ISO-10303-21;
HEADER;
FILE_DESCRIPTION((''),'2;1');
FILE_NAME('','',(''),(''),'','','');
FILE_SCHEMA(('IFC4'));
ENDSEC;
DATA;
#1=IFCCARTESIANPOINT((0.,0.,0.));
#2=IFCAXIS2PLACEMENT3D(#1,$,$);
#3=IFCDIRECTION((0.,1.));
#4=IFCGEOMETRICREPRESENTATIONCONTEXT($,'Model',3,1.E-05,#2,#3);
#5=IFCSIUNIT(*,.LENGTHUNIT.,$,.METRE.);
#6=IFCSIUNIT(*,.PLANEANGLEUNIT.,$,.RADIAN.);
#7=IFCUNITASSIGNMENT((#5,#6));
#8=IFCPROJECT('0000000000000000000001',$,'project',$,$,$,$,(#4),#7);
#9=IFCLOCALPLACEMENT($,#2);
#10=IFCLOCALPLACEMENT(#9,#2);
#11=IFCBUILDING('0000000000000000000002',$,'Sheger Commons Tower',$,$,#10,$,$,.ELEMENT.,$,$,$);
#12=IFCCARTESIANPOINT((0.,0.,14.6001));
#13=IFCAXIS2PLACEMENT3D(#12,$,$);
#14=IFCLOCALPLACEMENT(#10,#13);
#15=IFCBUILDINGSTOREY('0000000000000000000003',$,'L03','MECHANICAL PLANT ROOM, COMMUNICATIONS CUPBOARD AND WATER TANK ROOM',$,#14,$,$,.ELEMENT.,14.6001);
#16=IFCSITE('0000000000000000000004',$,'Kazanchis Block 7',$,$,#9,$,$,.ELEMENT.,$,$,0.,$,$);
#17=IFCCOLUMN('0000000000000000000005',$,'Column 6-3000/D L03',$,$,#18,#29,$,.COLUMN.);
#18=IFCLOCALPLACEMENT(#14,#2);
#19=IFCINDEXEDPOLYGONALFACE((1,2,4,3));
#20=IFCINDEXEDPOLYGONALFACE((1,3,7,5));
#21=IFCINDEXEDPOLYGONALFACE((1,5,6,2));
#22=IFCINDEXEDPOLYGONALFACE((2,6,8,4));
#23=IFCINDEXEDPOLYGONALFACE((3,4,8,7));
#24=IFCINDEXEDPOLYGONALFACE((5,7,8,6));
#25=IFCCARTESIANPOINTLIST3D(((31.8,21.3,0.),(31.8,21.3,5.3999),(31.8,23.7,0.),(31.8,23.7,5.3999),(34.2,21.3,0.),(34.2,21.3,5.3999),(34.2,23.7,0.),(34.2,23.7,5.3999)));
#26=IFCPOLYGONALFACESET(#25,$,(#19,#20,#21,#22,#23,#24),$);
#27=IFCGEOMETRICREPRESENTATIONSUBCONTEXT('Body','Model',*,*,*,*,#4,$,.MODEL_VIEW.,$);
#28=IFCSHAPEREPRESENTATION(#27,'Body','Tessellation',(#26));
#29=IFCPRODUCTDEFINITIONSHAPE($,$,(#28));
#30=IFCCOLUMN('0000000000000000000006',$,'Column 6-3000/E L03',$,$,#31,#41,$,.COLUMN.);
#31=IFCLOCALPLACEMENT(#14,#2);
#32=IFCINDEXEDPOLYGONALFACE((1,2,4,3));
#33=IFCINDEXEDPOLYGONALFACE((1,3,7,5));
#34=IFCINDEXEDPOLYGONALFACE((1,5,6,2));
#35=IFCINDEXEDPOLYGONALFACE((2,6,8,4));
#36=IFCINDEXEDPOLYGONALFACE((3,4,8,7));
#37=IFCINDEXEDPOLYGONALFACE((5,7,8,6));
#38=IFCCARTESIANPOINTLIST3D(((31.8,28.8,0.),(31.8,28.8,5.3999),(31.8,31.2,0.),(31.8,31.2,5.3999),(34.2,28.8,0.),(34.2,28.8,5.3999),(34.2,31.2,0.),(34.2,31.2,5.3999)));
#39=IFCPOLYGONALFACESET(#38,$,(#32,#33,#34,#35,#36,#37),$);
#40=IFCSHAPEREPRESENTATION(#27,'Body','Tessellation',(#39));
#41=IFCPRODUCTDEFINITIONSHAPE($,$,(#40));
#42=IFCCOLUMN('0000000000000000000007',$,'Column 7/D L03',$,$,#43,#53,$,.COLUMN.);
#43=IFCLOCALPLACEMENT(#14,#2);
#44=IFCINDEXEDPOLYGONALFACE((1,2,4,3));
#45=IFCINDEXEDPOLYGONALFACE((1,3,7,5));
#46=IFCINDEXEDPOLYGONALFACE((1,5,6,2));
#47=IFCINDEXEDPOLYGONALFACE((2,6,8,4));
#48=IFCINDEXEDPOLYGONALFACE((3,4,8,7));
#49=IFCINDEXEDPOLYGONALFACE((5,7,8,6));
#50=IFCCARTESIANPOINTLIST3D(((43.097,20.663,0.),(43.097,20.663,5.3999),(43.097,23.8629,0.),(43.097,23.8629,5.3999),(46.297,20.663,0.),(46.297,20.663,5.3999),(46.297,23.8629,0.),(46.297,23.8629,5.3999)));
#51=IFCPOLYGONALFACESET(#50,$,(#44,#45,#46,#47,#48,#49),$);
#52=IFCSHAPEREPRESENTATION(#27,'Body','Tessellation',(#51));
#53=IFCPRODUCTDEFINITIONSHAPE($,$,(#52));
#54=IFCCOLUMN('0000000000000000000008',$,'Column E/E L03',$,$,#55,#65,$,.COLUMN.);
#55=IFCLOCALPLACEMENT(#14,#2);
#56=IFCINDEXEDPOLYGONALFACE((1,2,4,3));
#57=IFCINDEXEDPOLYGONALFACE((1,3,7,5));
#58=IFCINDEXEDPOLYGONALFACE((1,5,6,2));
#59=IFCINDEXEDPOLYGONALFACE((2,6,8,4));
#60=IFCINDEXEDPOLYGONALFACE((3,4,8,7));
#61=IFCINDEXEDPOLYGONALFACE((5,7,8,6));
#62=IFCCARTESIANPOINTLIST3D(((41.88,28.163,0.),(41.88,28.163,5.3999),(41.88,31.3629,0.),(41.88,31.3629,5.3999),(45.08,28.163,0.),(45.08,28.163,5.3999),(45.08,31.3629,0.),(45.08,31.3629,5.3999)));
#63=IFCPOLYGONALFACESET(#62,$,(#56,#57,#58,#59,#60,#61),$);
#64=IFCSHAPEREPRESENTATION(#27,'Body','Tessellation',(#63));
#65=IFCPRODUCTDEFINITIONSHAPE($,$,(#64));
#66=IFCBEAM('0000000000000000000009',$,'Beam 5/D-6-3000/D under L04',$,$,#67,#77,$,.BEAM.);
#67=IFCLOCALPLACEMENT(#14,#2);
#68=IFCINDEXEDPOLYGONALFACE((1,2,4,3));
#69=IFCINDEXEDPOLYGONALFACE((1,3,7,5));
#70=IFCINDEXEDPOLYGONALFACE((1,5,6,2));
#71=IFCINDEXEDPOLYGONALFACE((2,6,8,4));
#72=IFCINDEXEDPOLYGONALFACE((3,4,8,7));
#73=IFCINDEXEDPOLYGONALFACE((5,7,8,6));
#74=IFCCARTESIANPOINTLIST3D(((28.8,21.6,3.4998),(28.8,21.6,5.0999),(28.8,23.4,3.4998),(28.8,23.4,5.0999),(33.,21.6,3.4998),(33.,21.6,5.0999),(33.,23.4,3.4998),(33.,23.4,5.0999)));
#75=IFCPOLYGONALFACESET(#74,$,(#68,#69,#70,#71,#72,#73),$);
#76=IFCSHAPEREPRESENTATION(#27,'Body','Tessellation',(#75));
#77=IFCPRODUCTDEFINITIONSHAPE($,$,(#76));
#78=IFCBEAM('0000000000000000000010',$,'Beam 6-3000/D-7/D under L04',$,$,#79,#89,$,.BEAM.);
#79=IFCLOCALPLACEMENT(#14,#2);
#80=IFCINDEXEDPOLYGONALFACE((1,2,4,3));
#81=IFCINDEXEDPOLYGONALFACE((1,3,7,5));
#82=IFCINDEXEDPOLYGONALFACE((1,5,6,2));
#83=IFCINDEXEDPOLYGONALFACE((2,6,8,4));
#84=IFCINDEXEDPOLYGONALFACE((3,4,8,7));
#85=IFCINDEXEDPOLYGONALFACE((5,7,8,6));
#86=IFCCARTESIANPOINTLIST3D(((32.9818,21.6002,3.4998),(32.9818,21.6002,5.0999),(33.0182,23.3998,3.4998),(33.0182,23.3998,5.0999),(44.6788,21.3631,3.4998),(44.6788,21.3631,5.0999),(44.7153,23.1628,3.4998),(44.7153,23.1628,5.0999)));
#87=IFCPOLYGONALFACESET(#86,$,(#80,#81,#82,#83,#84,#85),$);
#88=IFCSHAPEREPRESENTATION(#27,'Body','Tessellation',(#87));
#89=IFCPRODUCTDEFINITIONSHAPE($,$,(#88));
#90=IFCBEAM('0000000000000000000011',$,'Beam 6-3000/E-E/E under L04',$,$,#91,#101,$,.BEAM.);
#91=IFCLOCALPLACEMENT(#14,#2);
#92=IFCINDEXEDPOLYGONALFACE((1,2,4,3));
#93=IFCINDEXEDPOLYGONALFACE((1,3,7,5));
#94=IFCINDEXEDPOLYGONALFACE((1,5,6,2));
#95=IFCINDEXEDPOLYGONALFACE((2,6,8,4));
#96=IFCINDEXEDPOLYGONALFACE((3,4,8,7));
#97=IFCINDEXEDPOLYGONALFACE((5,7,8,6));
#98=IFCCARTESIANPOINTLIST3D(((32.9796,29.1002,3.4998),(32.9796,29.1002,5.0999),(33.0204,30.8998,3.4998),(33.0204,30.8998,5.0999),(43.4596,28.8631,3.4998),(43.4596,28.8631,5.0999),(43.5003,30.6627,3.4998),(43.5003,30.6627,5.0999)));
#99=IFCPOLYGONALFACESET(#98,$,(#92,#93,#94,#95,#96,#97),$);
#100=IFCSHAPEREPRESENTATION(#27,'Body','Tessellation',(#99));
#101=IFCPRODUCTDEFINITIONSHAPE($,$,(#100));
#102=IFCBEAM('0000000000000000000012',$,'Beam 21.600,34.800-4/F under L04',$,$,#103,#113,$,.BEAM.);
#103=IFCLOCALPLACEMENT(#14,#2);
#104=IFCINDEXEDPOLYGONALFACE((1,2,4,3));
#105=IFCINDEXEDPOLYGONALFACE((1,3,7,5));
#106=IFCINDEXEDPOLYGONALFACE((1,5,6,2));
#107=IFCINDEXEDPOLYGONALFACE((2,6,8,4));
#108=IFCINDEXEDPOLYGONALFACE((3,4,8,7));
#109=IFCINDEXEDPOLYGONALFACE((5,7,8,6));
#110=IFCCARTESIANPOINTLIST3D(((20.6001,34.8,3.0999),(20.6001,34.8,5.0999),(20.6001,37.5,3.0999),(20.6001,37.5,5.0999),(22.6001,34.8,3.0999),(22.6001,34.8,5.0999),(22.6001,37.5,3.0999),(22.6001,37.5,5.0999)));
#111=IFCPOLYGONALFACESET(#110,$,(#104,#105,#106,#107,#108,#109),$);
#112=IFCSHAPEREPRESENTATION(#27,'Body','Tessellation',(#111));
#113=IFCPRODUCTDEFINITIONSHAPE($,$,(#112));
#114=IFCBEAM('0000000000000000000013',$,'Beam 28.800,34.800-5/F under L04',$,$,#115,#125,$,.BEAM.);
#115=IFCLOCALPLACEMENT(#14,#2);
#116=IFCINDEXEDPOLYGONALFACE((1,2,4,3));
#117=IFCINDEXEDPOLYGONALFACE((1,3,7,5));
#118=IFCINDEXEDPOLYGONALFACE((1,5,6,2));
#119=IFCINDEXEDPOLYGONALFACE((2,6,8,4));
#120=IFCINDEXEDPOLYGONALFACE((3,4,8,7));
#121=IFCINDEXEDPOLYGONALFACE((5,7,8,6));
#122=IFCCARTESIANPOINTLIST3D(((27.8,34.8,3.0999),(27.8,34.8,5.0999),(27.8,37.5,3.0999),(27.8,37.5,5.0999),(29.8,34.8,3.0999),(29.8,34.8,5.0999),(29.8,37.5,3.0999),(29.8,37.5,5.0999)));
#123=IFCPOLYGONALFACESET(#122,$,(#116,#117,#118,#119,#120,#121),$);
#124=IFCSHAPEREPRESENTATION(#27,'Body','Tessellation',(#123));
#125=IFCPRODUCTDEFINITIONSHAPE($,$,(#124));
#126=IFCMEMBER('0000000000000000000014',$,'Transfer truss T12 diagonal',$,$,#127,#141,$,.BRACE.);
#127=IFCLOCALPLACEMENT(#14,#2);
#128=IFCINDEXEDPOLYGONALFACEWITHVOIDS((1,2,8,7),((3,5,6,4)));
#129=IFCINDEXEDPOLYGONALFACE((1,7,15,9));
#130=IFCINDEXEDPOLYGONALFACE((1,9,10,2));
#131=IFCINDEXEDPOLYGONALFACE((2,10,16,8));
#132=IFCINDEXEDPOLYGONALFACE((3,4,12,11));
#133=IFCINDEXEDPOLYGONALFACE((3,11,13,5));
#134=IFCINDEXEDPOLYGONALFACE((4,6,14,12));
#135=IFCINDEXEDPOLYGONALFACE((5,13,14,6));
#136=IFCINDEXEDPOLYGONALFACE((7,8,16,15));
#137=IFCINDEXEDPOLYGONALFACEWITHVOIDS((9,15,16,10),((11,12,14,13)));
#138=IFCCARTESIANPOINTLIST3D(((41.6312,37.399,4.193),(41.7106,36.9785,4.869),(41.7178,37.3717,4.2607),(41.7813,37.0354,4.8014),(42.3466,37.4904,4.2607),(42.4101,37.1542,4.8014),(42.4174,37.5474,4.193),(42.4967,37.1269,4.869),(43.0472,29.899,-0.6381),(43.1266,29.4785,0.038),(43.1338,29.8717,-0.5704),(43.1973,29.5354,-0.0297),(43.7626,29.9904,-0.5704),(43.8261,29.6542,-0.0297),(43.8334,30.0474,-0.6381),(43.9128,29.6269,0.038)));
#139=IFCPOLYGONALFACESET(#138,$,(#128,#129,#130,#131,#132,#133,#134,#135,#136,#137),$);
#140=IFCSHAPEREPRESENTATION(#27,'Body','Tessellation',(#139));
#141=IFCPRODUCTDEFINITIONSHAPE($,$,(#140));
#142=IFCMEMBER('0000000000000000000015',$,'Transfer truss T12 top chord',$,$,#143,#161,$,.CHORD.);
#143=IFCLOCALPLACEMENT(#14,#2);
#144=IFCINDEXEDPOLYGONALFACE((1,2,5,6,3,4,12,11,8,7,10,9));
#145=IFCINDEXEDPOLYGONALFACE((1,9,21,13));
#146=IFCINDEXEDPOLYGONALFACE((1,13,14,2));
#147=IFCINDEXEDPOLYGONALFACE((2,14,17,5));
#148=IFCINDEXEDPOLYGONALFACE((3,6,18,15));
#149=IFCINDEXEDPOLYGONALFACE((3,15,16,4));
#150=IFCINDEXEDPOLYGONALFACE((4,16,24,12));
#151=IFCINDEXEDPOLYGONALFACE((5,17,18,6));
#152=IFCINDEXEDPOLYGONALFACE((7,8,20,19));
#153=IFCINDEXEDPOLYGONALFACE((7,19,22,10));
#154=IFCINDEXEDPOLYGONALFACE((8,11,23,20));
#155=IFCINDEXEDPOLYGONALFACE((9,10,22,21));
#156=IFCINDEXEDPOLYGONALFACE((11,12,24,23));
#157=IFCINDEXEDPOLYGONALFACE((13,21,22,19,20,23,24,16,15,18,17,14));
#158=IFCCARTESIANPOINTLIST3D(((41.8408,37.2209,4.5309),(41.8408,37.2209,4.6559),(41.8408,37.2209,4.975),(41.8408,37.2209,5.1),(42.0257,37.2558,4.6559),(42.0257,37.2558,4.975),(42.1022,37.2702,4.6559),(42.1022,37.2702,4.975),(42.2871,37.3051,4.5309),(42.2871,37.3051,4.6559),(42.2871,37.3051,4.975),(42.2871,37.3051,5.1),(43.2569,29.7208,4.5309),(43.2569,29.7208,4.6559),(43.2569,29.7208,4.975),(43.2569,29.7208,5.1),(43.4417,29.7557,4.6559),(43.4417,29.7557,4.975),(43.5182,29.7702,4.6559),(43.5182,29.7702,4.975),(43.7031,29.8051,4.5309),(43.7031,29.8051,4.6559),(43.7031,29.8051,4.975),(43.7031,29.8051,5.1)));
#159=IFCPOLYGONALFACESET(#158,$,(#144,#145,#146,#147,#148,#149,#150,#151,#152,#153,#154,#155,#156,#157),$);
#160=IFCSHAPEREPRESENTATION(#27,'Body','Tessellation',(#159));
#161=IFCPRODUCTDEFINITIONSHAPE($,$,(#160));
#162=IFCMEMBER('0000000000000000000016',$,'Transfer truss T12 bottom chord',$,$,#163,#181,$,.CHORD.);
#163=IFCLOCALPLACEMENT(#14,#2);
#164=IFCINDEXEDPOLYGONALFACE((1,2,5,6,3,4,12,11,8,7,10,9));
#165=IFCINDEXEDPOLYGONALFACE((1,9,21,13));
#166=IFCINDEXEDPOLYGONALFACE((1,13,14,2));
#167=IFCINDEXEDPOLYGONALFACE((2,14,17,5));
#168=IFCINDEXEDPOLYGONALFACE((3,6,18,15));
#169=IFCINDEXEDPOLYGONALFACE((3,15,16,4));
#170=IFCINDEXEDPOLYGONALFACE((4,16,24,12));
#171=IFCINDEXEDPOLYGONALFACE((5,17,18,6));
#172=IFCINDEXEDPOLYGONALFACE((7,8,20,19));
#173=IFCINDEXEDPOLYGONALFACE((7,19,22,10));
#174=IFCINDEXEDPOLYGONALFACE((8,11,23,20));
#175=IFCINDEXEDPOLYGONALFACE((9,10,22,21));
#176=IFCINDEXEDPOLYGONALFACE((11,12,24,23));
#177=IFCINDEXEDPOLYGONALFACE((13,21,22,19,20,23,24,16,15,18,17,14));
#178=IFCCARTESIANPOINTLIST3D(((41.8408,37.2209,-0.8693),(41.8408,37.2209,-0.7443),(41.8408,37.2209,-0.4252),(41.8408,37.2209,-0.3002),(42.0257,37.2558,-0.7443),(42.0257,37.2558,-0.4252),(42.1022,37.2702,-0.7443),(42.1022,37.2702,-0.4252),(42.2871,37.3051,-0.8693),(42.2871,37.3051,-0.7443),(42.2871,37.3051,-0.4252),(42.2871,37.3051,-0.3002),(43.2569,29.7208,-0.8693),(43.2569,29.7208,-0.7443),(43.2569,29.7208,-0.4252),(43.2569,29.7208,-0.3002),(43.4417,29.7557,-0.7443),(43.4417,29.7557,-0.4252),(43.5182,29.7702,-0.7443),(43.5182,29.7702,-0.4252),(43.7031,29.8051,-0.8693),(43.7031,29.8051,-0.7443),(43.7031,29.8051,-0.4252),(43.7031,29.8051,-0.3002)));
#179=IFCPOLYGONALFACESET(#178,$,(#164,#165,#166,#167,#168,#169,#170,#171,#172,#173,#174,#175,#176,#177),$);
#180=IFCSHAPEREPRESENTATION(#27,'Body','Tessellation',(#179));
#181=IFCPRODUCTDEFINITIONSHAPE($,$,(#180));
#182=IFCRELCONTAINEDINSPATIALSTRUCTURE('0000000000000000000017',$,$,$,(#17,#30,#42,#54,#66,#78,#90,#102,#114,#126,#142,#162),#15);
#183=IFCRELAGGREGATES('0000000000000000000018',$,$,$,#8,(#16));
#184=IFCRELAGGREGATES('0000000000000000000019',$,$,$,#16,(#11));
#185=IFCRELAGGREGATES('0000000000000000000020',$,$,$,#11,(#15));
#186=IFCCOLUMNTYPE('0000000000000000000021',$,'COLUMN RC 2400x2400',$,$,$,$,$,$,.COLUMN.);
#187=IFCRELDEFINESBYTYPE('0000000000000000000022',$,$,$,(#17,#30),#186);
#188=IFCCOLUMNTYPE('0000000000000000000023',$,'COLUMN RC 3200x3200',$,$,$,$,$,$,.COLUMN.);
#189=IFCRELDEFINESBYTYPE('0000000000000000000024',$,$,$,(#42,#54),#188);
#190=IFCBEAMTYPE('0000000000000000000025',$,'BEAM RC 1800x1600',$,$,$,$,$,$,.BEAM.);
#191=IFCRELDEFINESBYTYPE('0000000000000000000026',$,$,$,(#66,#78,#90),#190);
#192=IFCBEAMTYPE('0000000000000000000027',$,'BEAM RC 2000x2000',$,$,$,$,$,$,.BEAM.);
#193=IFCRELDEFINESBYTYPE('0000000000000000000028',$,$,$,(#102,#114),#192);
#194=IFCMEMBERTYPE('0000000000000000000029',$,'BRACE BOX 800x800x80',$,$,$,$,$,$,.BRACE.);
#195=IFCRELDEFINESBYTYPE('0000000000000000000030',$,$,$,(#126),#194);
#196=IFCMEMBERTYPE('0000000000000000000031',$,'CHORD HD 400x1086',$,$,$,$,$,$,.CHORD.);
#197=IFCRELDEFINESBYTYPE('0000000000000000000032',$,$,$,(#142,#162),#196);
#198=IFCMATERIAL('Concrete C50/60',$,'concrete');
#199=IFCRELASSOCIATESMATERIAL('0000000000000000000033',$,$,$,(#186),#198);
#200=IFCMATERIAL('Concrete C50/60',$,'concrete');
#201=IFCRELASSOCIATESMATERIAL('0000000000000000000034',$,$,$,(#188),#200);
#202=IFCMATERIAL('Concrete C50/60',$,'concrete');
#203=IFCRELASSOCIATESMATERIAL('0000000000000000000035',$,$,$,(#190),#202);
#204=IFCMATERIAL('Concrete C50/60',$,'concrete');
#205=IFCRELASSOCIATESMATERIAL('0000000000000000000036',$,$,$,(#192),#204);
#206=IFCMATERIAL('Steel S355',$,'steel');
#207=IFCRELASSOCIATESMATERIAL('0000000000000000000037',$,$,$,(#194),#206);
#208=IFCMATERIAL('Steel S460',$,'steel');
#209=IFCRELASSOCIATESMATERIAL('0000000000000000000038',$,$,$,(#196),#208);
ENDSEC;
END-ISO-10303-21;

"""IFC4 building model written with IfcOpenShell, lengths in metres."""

from ifc_helpers import new_model, si_unit, direction, frame, origin, origin_2d, place, context, subcontext, project, spatial, rectangle, hollow_rectangle, i_section, extrude, material, material_profile, profile_set, type_object, element, save


model = new_model("IFC4")

# Units and contexts
model_context = context("Model", 3, precision=1e-05, world=origin(), true_north=direction((0.0, 1.0)))
body_context = subcontext(model_context, "Body", "Model", "MODEL_VIEW")
ifc_project = project(units=[si_unit("LENGTHUNIT", "METRE"), si_unit("PLANEANGLEUNIT", "RADIAN")], contexts=[model_context])

# Site, building, storey
site_placement = place(None, origin())
site = spatial("IfcSite", under=ifc_project, at=site_placement, Name="Kazanchis Block 7", CompositionType="ELEMENT", RefElevation=0.0)
building_placement = place(site_placement, origin())
building = spatial("IfcBuilding", under=site, at=building_placement, Name="Sheger Commons Tower", CompositionType="ELEMENT")
storey_placement = place(building_placement, frame((0.0, 0.0, 14.6001)))
storey = spatial("IfcBuildingStorey", under=building, at=storey_placement, Name="L03", Description="MECHANICAL PLANT ROOM, COMMUNICATIONS CUPBOARD AND WATER TANK ROOM", CompositionType="ELEMENT", Elevation=14.6001)

# Columns
ifc_material_1 = material(Name="Concrete C50/60", Category="concrete")
ifc_material_profile_1 = material_profile(ifc_material_1, rectangle(XDim=2.3999, YDim=2.3999, at=origin_2d()), Name="RC 2400x2400")
ifc_profile_set_1 = profile_set([ifc_material_profile_1], Name="Concrete C50/60")
column_type_1 = type_object("IfcColumnType", Name="COLUMN RC 2400x2400", PredefinedType="COLUMN", material=ifc_profile_set_1)
for number, where, z_axis, x_axis, name in (
    (1, (33.0, 22.5, 0.0), (0.0, 0.0, 1.0), (1.0, 0.0, 0.0), "Column 6-3000/D L03"),
    (2, (33.0, 30.0, 0.0), (0.0, 0.0, 1.0), (1.0, 0.0, 0.0), "Column 6-3000/E L03"),
):
    element("IfcColumn", number, at=place(storey_placement, frame(where, z_axis=z_axis, x_axis=x_axis)), inside=storey, type_object=column_type_1, Name=name, PredefinedType="COLUMN", context=body_context, shape_type="SweptSolid", body=[
        extrude(rectangle(XDim=2.3999, YDim=2.3999, at=origin_2d()), origin(), (0.0, 0.0, 1.0), 5.3999),
    ])
ifc_material_2 = material(Name="Concrete C50/60", Category="concrete")
ifc_material_profile_2 = material_profile(ifc_material_2, rectangle(XDim=3.2, YDim=3.2, at=origin_2d()), Name="RC 3200x3200")
ifc_profile_set_2 = profile_set([ifc_material_profile_2], Name="Concrete C50/60")
column_type_2 = type_object("IfcColumnType", Name="COLUMN RC 3200x3200", PredefinedType="COLUMN", material=ifc_profile_set_2)
for number, where, z_axis, x_axis, name in (
    (3, (44.697, 22.2629, 0.0), (0.0, 0.0, 1.0), (1.0, 0.0, 0.0), "Column 7/D L03"),
    (4, (43.48, 29.7629, 0.0), (0.0, 0.0, 1.0), (1.0, 0.0, 0.0), "Column E/E L03"),
):
    element("IfcColumn", number, at=place(storey_placement, frame(where, z_axis=z_axis, x_axis=x_axis)), inside=storey, type_object=column_type_2, Name=name, PredefinedType="COLUMN", context=body_context, shape_type="SweptSolid", body=[
        extrude(rectangle(XDim=3.2, YDim=3.2, at=origin_2d()), origin(), (0.0, 0.0, 1.0), 5.3999),
    ])

# Beams
ifc_material_3 = material(Name="Concrete C50/60", Category="concrete")
ifc_material_profile_3 = material_profile(ifc_material_3, rectangle(XDim=1.8, YDim=1.6001, at=origin_2d()), Name="RC 1800x1600")
ifc_profile_set_3 = profile_set([ifc_material_profile_3], Name="Concrete C50/60")
beam_type_1 = type_object("IfcBeamType", Name="BEAM RC 1800x1600", PredefinedType="BEAM", material=ifc_profile_set_3)
beam_1_placement = place(storey_placement, frame((28.8, 22.5, 4.2998), z_axis=(1.0, 0.0, 0.0), x_axis=(0.0, 1.0, 0.0)))
element("IfcBeam", 5, at=beam_1_placement, inside=storey, type_object=beam_type_1, Name="Beam 5/D-6-3000/D under L04", PredefinedType="BEAM", context=body_context, shape_type="SweptSolid", body=[
    extrude(rectangle(XDim=1.8, YDim=1.6001, at=origin_2d()), origin(), (0.0, 0.0, 1.0), 4.2),
])
beam_2_placement = place(storey_placement, frame((33.0, 22.5, 4.2998), z_axis=(0.999795, -0.020263, 0.0), x_axis=(0.020263, 0.999795, 0.0)))
element("IfcBeam", 6, at=beam_2_placement, inside=storey, type_object=beam_type_1, Name="Beam 6-3000/D-7/D under L04", PredefinedType="BEAM", context=body_context, shape_type="SweptSolid", body=[
    extrude(rectangle(XDim=1.8, YDim=1.6001, at=origin_2d()), origin(), (0.0, 0.0, 1.0), 11.6995),
])
beam_3_placement = place(storey_placement, frame((33.0, 30.0, 4.2998), z_axis=(0.999744, -0.022615, 0.0), x_axis=(0.022615, 0.999744, 0.0)))
element("IfcBeam", 7, at=beam_3_placement, inside=storey, type_object=beam_type_1, Name="Beam 6-3000/E-E/E under L04", PredefinedType="BEAM", context=body_context, shape_type="SweptSolid", body=[
    extrude(rectangle(XDim=1.8, YDim=1.6001, at=origin_2d()), origin(), (0.0, 0.0, 1.0), 10.4827),
])
ifc_material_4 = material(Name="Concrete C50/60", Category="concrete")
ifc_material_profile_4 = material_profile(ifc_material_4, rectangle(XDim=2.0, YDim=2.0, at=origin_2d()), Name="RC 2000x2000")
ifc_profile_set_4 = profile_set([ifc_material_profile_4], Name="Concrete C50/60")
beam_type_2 = type_object("IfcBeamType", Name="BEAM RC 2000x2000", PredefinedType="BEAM", material=ifc_profile_set_4)
for number, where, z_axis, x_axis, name in (
    (8, (21.6001, 34.8, 4.0999), (0.0, 1.0, 0.0), (-1.0, 0.0, 0.0), "Beam 21.600,34.800-4/F under L04"),
    (9, (28.8, 34.8, 4.0999), (0.0, 1.0, 0.0), (-1.0, 0.0, 0.0), "Beam 28.800,34.800-5/F under L04"),
):
    element("IfcBeam", number, at=place(storey_placement, frame(where, z_axis=z_axis, x_axis=x_axis)), inside=storey, type_object=beam_type_2, Name=name, PredefinedType="BEAM", context=body_context, shape_type="SweptSolid", body=[
        extrude(rectangle(XDim=2.0, YDim=2.0, at=origin_2d()), origin(), (0.0, 0.0, 1.0), 2.7),
    ])

# Members
ifc_material_5 = material(Name="Steel S355", Category="steel")
ifc_material_profile_5 = material_profile(ifc_material_5, hollow_rectangle(XDim=0.8, YDim=0.8, WallThickness=0.0801, at=origin_2d()), Name="BOX 800x800x80")
ifc_profile_set_5 = profile_set([ifc_material_profile_5], Name="Steel S355")
member_type_1 = type_object("IfcMemberType", Name="BRACE BOX 800x800x80", PredefinedType="BRACE", material=ifc_profile_set_5)
member_placement = place(storey_placement, frame((43.48, 29.7629, -0.3), z_axis=(-0.156761, 0.830294, 0.534826), x_axis=(-0.98264, -0.185524, 0.0)))
element("IfcMember", 10, at=member_placement, inside=storey, type_object=member_type_1, Name="Transfer truss T12 diagonal", PredefinedType="BRACE", context=body_context, shape_type="SweptSolid", body=[
    extrude(hollow_rectangle(XDim=0.8, YDim=0.8, WallThickness=0.0801, at=origin_2d()), origin(), (0.0, 0.0, 1.0), 9.033),
])
ifc_material_6 = material(Name="Steel S460", Category="steel")
ifc_material_profile_6 = material_profile(ifc_material_6, i_section(OverallWidth=0.4541, OverallDepth=0.5691, WebThickness=0.0779, FlangeThickness=0.125, at=origin_2d()), Name="HD 400x1086")
ifc_profile_set_6 = profile_set([ifc_material_profile_6], Name="Steel S460")
member_type_2 = type_object("IfcMemberType", Name="CHORD HD 400x1086", PredefinedType="CHORD", material=ifc_profile_set_6)
for number, where, z_axis, x_axis, name in (
    (11, (43.48, 29.7629, 4.8154), (-0.185524, 0.98264, 0.0), (-0.98264, -0.185524, 0.0), "Transfer truss T12 top chord"),
    (12, (43.48, 29.7629, -0.5847), (-0.185524, 0.98264, 0.0), (-0.98264, -0.185524, 0.0), "Transfer truss T12 bottom chord"),
):
    element("IfcMember", number, at=place(storey_placement, frame(where, z_axis=z_axis, x_axis=x_axis)), inside=storey, type_object=member_type_2, Name=name, PredefinedType="CHORD", context=body_context, shape_type="SweptSolid", body=[
        extrude(i_section(OverallWidth=0.4541, OverallDepth=0.5691, WebThickness=0.0779, FlangeThickness=0.125, at=origin_2d()), origin(), (0.0, 0.0, 1.0), 7.6326),
    ])

save(model, "model.ifc")
